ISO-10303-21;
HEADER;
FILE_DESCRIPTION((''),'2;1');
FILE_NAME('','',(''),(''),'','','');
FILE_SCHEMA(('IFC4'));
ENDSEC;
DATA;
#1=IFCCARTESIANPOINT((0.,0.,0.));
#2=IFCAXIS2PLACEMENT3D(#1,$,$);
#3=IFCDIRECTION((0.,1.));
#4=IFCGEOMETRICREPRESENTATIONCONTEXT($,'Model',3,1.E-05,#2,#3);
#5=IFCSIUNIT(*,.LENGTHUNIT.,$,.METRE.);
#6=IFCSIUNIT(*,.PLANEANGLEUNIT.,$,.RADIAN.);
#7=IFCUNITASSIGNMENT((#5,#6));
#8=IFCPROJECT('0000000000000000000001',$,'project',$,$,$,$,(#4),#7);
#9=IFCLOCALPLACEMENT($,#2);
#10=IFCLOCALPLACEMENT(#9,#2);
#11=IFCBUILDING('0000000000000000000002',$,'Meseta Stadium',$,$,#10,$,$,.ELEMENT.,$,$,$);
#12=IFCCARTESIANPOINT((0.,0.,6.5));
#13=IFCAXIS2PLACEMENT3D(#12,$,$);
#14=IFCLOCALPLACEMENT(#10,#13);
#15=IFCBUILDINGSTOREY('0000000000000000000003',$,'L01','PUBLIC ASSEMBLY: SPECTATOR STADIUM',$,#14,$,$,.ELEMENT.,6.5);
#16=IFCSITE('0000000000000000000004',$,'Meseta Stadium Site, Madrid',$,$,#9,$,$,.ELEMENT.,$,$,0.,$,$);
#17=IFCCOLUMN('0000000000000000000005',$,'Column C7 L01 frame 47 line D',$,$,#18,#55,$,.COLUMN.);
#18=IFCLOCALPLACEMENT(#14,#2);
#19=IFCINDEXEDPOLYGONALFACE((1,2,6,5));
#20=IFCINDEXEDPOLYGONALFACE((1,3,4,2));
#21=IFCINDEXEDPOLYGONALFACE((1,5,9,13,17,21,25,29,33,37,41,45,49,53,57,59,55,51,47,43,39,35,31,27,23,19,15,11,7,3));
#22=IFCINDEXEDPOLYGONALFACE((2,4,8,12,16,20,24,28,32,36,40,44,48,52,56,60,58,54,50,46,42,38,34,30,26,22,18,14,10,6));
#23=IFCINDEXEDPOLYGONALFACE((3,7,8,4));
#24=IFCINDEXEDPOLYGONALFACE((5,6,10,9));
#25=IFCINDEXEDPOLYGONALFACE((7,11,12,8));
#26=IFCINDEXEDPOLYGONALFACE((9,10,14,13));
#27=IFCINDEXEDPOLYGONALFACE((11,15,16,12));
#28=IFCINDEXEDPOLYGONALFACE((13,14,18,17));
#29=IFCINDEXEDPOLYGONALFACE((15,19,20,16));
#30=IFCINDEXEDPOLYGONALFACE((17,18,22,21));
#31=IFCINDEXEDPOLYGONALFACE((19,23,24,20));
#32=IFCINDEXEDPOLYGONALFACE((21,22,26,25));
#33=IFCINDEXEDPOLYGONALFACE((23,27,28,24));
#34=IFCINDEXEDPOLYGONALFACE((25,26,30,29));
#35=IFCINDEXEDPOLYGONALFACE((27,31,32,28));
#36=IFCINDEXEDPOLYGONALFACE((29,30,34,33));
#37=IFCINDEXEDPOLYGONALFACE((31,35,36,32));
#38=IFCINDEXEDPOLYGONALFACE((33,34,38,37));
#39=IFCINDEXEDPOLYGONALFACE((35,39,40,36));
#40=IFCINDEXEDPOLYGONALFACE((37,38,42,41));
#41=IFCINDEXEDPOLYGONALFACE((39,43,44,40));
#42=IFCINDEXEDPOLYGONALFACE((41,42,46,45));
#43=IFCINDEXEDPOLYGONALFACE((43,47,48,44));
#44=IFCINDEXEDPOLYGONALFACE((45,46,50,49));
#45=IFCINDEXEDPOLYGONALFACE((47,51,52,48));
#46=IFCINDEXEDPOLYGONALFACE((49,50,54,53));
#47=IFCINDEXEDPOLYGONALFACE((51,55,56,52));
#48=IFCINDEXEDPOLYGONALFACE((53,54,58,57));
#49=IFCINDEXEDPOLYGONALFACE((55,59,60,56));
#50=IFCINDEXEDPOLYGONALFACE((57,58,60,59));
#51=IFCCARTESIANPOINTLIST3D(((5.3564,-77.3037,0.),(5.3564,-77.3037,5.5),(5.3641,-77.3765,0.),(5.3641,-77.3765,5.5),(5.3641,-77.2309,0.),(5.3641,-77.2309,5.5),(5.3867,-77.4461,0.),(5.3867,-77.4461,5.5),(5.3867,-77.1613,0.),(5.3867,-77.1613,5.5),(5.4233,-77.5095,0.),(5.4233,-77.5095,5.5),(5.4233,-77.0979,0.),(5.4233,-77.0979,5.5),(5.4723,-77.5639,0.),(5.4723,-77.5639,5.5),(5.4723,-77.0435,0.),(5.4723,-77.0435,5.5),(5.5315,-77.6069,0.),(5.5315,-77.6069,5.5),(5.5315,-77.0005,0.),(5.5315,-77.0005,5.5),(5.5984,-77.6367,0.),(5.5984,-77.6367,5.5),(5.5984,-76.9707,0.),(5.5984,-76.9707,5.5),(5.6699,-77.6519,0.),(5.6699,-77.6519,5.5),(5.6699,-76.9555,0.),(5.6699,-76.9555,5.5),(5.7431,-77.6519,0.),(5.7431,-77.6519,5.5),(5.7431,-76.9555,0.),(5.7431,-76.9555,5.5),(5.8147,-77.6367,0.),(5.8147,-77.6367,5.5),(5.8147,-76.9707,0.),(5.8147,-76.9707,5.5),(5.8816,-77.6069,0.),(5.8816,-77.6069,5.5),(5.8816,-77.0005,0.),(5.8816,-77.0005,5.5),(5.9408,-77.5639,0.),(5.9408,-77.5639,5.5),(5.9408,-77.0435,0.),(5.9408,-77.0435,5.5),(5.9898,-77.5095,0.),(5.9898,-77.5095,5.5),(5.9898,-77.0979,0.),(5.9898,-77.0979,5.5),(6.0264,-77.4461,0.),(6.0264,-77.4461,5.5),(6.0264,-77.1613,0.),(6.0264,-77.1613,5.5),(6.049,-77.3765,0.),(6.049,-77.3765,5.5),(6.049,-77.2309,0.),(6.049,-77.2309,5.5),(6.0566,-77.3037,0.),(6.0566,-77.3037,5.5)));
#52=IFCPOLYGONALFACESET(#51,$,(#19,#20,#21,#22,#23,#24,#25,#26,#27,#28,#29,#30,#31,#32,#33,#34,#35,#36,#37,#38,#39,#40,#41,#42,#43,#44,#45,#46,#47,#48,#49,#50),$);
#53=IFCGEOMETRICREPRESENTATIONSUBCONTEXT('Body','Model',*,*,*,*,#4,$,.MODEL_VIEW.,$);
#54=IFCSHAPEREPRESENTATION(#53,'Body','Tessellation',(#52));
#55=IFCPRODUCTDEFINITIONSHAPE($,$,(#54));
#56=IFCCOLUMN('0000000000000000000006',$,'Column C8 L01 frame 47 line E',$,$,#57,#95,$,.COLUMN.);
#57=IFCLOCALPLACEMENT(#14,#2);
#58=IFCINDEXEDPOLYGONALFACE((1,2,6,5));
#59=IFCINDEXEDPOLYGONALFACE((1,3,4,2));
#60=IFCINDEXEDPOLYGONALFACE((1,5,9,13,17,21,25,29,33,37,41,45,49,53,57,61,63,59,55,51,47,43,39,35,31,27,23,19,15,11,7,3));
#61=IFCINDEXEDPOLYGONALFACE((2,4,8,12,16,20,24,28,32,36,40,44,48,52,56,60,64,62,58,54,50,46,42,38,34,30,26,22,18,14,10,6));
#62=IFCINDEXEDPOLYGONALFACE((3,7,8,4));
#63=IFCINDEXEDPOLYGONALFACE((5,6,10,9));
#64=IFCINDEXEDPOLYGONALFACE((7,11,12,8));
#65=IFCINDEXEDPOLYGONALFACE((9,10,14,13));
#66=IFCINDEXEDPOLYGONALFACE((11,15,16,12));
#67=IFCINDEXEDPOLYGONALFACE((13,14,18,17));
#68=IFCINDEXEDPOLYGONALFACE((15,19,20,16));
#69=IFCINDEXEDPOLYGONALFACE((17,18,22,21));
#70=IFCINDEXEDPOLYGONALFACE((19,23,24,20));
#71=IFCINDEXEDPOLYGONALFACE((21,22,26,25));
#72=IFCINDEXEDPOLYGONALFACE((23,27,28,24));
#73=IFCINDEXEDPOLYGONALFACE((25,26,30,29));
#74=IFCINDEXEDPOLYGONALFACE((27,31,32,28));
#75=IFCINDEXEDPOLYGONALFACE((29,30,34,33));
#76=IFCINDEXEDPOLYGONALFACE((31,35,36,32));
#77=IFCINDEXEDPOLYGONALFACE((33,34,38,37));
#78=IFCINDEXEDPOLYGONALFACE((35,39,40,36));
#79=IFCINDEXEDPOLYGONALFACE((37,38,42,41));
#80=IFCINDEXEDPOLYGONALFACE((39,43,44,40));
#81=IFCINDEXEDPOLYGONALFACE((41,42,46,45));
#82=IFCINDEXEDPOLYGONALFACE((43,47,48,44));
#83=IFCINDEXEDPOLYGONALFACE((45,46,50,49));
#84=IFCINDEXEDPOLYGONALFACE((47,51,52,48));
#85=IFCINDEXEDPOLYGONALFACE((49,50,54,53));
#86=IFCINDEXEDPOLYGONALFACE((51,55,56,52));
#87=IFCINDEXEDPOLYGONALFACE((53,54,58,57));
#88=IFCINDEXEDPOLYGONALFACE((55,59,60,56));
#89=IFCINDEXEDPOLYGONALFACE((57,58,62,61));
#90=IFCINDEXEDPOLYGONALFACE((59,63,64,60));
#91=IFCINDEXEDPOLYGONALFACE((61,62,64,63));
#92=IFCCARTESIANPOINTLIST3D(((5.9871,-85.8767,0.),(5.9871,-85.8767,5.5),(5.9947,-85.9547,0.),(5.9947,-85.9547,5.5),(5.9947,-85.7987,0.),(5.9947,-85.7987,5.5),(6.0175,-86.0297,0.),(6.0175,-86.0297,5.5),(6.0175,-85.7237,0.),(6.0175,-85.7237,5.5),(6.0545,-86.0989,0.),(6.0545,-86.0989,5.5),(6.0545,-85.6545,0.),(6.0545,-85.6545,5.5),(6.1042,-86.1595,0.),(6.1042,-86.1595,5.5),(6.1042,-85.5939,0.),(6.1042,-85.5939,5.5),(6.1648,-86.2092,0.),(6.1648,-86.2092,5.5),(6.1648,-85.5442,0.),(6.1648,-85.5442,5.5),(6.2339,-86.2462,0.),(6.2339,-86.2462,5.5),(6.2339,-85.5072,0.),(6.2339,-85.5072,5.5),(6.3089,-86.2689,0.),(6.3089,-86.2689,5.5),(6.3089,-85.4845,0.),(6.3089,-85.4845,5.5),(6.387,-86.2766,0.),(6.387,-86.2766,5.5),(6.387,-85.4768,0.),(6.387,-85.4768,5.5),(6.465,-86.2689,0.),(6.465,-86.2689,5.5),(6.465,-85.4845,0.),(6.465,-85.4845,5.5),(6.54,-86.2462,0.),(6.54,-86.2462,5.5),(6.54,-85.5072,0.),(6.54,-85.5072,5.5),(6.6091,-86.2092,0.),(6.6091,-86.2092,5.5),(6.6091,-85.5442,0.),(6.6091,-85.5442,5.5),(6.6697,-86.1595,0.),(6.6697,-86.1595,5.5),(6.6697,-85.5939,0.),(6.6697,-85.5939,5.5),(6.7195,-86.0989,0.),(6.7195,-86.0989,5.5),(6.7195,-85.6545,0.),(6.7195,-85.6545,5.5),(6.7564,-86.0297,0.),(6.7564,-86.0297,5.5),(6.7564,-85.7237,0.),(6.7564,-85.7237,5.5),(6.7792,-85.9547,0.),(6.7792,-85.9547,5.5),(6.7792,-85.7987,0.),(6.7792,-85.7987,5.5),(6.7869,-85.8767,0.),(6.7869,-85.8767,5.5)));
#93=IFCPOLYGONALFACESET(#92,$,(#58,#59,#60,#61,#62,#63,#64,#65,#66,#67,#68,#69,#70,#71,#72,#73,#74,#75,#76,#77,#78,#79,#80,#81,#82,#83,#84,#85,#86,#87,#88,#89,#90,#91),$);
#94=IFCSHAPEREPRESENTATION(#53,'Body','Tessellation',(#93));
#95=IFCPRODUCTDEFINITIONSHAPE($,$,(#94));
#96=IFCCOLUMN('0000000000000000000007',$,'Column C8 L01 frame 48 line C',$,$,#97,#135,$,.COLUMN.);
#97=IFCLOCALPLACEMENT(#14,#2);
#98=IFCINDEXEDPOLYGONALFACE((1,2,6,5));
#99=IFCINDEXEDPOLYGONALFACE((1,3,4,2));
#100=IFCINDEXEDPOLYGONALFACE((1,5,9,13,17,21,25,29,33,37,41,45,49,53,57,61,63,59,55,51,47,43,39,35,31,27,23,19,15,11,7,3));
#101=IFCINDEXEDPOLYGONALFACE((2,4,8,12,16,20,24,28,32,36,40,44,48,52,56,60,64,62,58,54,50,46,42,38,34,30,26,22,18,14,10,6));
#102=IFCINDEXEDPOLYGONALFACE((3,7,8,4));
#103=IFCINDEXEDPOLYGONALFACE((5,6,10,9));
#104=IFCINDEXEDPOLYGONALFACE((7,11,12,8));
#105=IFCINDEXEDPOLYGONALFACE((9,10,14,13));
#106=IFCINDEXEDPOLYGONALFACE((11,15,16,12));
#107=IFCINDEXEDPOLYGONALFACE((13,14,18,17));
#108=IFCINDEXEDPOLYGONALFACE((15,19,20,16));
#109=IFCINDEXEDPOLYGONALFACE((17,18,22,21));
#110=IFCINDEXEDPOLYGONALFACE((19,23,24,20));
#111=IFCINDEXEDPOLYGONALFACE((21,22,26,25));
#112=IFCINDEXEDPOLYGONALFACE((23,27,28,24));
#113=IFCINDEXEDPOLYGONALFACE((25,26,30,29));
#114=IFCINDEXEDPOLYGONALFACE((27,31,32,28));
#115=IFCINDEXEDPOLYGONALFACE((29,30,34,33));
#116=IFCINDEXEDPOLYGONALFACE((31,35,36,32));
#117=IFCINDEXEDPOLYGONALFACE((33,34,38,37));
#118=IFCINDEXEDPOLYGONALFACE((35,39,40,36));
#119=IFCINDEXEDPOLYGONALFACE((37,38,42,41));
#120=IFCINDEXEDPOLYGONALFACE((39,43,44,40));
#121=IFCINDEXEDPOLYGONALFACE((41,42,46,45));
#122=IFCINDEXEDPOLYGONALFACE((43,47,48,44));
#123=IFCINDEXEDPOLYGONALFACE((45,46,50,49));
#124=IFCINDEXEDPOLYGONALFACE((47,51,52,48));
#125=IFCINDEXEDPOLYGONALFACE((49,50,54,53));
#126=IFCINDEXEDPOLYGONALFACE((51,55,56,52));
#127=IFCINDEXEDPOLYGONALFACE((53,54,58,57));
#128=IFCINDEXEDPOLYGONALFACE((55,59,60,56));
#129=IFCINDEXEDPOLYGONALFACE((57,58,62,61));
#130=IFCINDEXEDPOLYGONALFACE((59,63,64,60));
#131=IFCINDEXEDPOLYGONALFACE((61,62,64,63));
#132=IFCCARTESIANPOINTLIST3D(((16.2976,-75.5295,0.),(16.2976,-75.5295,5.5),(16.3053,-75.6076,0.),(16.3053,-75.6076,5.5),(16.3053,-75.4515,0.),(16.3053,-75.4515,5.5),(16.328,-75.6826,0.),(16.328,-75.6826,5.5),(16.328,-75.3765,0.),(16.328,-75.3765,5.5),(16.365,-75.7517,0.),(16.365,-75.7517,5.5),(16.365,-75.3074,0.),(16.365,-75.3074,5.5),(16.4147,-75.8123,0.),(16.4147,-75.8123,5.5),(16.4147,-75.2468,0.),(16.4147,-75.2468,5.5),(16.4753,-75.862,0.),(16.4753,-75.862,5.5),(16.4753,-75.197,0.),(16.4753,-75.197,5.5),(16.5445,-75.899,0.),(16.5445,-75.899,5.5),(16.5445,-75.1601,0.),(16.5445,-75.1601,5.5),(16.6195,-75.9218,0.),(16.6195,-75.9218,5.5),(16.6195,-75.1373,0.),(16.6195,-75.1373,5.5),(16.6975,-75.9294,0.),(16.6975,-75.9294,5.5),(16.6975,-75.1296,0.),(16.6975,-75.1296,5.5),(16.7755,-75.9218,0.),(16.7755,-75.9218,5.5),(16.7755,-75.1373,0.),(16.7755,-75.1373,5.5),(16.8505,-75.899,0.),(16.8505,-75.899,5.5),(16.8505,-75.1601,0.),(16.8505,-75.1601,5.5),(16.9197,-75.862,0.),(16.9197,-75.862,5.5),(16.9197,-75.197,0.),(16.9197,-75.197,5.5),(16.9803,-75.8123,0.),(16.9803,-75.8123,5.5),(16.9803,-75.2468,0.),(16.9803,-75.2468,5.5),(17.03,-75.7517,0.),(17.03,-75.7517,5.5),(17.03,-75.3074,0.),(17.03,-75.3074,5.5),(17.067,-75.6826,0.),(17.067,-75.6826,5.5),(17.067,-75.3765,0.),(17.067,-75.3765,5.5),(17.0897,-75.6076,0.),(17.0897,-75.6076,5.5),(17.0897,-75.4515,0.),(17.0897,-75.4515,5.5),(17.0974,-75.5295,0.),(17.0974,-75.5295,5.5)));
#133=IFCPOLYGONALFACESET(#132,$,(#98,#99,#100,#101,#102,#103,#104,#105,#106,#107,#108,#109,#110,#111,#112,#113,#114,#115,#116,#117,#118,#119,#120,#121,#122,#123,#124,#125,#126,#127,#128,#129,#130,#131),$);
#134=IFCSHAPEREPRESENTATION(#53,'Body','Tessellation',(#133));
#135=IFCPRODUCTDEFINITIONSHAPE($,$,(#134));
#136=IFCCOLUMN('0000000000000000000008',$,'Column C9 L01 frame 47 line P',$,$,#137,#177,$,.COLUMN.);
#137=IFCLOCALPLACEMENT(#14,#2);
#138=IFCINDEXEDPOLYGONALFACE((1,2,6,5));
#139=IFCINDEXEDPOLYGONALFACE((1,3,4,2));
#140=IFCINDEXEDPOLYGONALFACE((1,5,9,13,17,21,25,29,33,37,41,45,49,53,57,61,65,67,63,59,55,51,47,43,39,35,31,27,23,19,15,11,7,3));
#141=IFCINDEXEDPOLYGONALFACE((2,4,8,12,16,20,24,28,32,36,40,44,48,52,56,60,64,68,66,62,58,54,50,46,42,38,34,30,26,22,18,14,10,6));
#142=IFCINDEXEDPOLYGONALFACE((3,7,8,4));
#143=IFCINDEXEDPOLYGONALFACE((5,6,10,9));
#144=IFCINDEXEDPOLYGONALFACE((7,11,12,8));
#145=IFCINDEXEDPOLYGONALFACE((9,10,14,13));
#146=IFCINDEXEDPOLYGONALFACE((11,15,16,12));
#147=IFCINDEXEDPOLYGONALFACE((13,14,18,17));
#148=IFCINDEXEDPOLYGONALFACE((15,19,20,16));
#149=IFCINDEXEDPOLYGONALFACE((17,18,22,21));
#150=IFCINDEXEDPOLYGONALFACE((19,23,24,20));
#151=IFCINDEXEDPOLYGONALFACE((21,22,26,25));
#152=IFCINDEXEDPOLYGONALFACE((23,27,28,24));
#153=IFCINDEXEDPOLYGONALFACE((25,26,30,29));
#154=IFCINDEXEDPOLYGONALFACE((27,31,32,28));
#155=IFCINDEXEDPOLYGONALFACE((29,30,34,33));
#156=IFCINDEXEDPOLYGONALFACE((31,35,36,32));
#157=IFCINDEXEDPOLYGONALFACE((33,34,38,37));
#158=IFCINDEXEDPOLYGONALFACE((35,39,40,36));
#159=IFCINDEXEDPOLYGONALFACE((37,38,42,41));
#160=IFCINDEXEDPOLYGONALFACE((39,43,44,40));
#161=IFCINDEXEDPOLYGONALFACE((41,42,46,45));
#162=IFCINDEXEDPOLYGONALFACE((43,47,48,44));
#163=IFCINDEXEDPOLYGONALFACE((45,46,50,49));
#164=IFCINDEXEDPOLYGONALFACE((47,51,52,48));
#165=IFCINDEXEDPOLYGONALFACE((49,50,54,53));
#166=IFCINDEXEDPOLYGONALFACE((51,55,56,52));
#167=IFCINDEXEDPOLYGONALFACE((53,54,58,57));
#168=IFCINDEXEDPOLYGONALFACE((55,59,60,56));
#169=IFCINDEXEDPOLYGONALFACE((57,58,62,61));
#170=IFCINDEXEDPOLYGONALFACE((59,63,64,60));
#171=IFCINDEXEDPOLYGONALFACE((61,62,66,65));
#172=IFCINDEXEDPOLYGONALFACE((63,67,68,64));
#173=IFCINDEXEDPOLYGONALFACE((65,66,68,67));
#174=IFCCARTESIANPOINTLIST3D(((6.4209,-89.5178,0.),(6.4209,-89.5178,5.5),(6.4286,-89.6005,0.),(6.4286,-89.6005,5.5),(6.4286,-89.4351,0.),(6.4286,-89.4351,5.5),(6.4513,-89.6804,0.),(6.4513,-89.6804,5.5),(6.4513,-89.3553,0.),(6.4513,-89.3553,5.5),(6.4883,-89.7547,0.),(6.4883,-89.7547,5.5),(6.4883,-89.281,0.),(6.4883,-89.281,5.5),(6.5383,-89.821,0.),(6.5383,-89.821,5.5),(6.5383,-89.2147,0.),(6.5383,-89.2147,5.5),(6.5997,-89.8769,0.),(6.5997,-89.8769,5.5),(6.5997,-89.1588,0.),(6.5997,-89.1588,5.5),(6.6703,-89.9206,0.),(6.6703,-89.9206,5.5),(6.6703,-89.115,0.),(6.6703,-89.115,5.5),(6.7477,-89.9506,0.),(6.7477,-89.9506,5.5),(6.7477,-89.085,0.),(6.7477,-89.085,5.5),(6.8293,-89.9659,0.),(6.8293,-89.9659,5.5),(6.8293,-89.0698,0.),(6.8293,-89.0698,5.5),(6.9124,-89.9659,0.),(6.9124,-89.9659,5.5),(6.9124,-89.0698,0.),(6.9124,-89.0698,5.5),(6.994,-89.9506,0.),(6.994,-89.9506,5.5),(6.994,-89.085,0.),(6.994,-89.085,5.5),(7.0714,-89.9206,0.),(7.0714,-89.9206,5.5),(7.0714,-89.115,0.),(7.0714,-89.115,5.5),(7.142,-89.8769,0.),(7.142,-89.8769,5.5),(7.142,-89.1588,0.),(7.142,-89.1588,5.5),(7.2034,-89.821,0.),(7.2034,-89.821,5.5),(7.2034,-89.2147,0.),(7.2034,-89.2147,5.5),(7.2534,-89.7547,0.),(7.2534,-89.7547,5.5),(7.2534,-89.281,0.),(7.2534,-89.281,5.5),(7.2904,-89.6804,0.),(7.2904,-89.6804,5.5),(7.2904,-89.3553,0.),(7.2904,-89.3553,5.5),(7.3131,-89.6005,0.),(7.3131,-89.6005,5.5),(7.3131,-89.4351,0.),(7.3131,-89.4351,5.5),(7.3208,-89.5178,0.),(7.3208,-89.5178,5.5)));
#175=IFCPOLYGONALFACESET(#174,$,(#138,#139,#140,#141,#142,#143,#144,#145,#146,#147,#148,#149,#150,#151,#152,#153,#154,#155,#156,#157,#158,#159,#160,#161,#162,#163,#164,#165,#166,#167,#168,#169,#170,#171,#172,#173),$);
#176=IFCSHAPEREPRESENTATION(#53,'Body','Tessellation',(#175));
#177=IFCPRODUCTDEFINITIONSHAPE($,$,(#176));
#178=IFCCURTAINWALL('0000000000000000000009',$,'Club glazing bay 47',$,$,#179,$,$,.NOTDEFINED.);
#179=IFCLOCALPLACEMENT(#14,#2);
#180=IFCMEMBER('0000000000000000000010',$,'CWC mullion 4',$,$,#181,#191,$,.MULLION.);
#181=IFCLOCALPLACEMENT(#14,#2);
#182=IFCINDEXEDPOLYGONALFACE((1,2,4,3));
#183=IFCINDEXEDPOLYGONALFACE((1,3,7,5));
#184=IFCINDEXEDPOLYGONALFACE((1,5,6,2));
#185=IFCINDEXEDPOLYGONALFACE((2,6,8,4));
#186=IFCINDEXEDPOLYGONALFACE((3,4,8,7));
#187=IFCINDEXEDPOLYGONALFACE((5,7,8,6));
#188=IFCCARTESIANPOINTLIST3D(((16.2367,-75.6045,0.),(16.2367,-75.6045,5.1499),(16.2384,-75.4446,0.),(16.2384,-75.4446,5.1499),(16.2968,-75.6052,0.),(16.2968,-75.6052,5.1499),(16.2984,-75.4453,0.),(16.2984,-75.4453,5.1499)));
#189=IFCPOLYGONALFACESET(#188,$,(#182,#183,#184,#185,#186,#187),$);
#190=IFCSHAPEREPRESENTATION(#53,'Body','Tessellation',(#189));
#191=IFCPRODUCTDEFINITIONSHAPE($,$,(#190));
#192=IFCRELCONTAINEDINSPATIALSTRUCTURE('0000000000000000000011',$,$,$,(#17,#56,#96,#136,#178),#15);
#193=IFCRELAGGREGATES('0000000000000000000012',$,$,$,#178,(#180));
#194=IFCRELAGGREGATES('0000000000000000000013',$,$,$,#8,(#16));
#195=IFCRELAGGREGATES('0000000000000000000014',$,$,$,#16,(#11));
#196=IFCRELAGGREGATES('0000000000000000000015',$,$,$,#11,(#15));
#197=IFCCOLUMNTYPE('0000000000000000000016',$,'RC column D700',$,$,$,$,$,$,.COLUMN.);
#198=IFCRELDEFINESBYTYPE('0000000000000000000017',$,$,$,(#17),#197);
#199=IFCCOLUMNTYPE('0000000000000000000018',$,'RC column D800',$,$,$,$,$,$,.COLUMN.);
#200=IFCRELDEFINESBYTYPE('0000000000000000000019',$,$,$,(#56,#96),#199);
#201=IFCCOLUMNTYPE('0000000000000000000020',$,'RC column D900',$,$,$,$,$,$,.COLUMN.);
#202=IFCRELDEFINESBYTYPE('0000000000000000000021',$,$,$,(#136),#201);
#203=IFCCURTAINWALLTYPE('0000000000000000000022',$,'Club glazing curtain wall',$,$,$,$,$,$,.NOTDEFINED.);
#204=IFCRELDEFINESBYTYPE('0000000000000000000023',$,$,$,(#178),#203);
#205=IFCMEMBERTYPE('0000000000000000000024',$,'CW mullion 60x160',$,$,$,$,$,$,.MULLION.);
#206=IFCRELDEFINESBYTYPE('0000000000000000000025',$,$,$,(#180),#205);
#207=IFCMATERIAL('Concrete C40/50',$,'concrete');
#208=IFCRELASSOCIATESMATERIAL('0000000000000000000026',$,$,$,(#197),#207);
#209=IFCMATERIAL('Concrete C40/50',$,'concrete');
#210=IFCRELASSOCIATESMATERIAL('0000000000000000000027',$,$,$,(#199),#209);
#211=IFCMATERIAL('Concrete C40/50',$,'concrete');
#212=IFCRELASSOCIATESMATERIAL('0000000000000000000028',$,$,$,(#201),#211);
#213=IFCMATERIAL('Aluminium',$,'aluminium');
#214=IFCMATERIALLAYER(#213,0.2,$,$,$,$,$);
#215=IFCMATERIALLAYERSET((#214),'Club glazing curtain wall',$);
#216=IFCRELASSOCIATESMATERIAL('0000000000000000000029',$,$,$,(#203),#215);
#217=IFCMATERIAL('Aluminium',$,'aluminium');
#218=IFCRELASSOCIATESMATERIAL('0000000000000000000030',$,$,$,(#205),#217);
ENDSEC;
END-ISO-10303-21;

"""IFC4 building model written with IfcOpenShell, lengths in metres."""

from ifc_helpers import new_model, si_unit, direction, frame, origin, origin_2d, place, context, subcontext, project, spatial, rectangle, circle, extrude, material, layer, layer_set, material_profile, profile_set, type_object, element, aggregate, save


model = new_model("IFC4")

# Units and contexts
model_context = context("Model", 3, precision=1e-05, world=origin(), true_north=direction((0.0, 1.0)))
body_context = subcontext(model_context, "Body", "Model", "MODEL_VIEW")
ifc_project = project(units=[si_unit("LENGTHUNIT", "METRE"), si_unit("PLANEANGLEUNIT", "RADIAN")], contexts=[model_context])

# Site, building, storey
site_placement = place(None, origin())
site = spatial("IfcSite", under=ifc_project, at=site_placement, Name="Meseta Stadium Site, Madrid", CompositionType="ELEMENT", RefElevation=0.0)
building_placement = place(site_placement, origin())
building = spatial("IfcBuilding", under=site, at=building_placement, Name="Meseta Stadium", CompositionType="ELEMENT")
storey_placement = place(building_placement, frame((0.0, 0.0, 6.5)))
storey = spatial("IfcBuildingStorey", under=building, at=storey_placement, Name="L01", Description="PUBLIC ASSEMBLY: SPECTATOR STADIUM", CompositionType="ELEMENT", Elevation=6.5)

# Columns
ifc_material_1 = material(Name="Concrete C40/50", Category="concrete")
ifc_material_profile_1 = material_profile(ifc_material_1, circle(Radius=0.3501, at=origin_2d()), Name="RC D700")
ifc_profile_set_1 = profile_set([ifc_material_profile_1], Name="Concrete C40/50")
column_type_1 = type_object("IfcColumnType", Name="RC column D700", PredefinedType="COLUMN", material=ifc_profile_set_1)
column_1_placement = place(storey_placement, frame((5.7065, -77.3037, 0.0), z_axis=(0.0, 0.0, 1.0), x_axis=(1.0, 0.0, 0.0)))
element("IfcColumn", 1, at=column_1_placement, inside=storey, type_object=column_type_1, Name="Column C7 L01 frame 47 line D", PredefinedType="COLUMN", context=body_context, shape_type="SweptSolid", body=[
    extrude(circle(Radius=0.3501, at=origin_2d()), origin(), (0.0, 0.0, 1.0), 5.5),
])
ifc_material_2 = material(Name="Concrete C40/50", Category="concrete")
ifc_material_profile_2 = material_profile(ifc_material_2, circle(Radius=0.3999, at=origin_2d()), Name="RC D800")
ifc_profile_set_2 = profile_set([ifc_material_profile_2], Name="Concrete C40/50")
column_type_2 = type_object("IfcColumnType", Name="RC column D800", PredefinedType="COLUMN", material=ifc_profile_set_2)
for number, where, z_axis, x_axis, name in (
    (2, (6.387, -85.8767, 0.0), (0.0, 0.0, 1.0), (1.0, 0.0, 0.0), "Column C8 L01 frame 47 line E"),
    (3, (16.6975, -75.5295, 0.0), (0.0, 0.0, 1.0), (1.0, 0.0, 0.0), "Column C8 L01 frame 48 line C"),
):
    element("IfcColumn", number, at=place(storey_placement, frame(where, z_axis=z_axis, x_axis=x_axis)), inside=storey, type_object=column_type_2, Name=name, PredefinedType="COLUMN", context=body_context, shape_type="SweptSolid", body=[
        extrude(circle(Radius=0.3999, at=origin_2d()), origin(), (0.0, 0.0, 1.0), 5.5),
    ])
ifc_material_3 = material(Name="Concrete C40/50", Category="concrete")
ifc_material_profile_3 = material_profile(ifc_material_3, circle(Radius=0.45, at=origin_2d()), Name="RC D900")
ifc_profile_set_3 = profile_set([ifc_material_profile_3], Name="Concrete C40/50")
column_type_3 = type_object("IfcColumnType", Name="RC column D900", PredefinedType="COLUMN", material=ifc_profile_set_3)
column_2_placement = place(storey_placement, frame((6.8708, -89.5178, 0.0), z_axis=(0.0, 0.0, 1.0), x_axis=(1.0, 0.0, 0.0)))
element("IfcColumn", 4, at=column_2_placement, inside=storey, type_object=column_type_3, Name="Column C9 L01 frame 47 line P", PredefinedType="COLUMN", context=body_context, shape_type="SweptSolid", body=[
    extrude(circle(Radius=0.45, at=origin_2d()), origin(), (0.0, 0.0, 1.0), 5.5),
])

# Curtain wall, member
ifc_material_4 = material(Name="Aluminium", Category="aluminium")
ifc_layer_1 = layer(ifc_material_4, 0.2)
ifc_layer_set_1 = layer_set([ifc_layer_1], Name="Club glazing curtain wall")
curtain_wall_type = type_object("IfcCurtainWallType", Name="Club glazing curtain wall", PredefinedType="NOTDEFINED", material=ifc_layer_set_1)
curtain_wall_placement = place(storey_placement, origin())
curtain_wall = element("IfcCurtainWall", 5, at=curtain_wall_placement, inside=storey, type_object=curtain_wall_type, Name="Club glazing bay 47", PredefinedType="NOTDEFINED")
ifc_material_5 = material(Name="Aluminium", Category="aluminium")
ifc_material_profile_4 = material_profile(ifc_material_5, rectangle(XDim=0.1599, YDim=0.0601, at=origin_2d()), Name="CW 160x60")
ifc_profile_set_4 = profile_set([ifc_material_profile_4], Name="Aluminium")
member_type_1 = type_object("IfcMemberType", Name="CW mullion 60x160", PredefinedType="MULLION", material=ifc_profile_set_4)
member_1_placement = place(storey_placement, frame((16.2676, -75.5249, 0.0), z_axis=(0.0, 0.0, 1.0), x_axis=(0.010279, 0.999947, 0.0)))
member_1 = element("IfcMember", 6, at=member_1_placement, type_object=member_type_1, Name="CWC mullion 4", PredefinedType="MULLION", context=body_context, shape_type="SweptSolid", body=[
    extrude(rectangle(XDim=0.1599, YDim=0.0601, at=origin_2d()), origin(), (0.0, 0.0, 1.0), 5.1499),
])

aggregate(curtain_wall, [member_1])

save(model, "model.ifc")
